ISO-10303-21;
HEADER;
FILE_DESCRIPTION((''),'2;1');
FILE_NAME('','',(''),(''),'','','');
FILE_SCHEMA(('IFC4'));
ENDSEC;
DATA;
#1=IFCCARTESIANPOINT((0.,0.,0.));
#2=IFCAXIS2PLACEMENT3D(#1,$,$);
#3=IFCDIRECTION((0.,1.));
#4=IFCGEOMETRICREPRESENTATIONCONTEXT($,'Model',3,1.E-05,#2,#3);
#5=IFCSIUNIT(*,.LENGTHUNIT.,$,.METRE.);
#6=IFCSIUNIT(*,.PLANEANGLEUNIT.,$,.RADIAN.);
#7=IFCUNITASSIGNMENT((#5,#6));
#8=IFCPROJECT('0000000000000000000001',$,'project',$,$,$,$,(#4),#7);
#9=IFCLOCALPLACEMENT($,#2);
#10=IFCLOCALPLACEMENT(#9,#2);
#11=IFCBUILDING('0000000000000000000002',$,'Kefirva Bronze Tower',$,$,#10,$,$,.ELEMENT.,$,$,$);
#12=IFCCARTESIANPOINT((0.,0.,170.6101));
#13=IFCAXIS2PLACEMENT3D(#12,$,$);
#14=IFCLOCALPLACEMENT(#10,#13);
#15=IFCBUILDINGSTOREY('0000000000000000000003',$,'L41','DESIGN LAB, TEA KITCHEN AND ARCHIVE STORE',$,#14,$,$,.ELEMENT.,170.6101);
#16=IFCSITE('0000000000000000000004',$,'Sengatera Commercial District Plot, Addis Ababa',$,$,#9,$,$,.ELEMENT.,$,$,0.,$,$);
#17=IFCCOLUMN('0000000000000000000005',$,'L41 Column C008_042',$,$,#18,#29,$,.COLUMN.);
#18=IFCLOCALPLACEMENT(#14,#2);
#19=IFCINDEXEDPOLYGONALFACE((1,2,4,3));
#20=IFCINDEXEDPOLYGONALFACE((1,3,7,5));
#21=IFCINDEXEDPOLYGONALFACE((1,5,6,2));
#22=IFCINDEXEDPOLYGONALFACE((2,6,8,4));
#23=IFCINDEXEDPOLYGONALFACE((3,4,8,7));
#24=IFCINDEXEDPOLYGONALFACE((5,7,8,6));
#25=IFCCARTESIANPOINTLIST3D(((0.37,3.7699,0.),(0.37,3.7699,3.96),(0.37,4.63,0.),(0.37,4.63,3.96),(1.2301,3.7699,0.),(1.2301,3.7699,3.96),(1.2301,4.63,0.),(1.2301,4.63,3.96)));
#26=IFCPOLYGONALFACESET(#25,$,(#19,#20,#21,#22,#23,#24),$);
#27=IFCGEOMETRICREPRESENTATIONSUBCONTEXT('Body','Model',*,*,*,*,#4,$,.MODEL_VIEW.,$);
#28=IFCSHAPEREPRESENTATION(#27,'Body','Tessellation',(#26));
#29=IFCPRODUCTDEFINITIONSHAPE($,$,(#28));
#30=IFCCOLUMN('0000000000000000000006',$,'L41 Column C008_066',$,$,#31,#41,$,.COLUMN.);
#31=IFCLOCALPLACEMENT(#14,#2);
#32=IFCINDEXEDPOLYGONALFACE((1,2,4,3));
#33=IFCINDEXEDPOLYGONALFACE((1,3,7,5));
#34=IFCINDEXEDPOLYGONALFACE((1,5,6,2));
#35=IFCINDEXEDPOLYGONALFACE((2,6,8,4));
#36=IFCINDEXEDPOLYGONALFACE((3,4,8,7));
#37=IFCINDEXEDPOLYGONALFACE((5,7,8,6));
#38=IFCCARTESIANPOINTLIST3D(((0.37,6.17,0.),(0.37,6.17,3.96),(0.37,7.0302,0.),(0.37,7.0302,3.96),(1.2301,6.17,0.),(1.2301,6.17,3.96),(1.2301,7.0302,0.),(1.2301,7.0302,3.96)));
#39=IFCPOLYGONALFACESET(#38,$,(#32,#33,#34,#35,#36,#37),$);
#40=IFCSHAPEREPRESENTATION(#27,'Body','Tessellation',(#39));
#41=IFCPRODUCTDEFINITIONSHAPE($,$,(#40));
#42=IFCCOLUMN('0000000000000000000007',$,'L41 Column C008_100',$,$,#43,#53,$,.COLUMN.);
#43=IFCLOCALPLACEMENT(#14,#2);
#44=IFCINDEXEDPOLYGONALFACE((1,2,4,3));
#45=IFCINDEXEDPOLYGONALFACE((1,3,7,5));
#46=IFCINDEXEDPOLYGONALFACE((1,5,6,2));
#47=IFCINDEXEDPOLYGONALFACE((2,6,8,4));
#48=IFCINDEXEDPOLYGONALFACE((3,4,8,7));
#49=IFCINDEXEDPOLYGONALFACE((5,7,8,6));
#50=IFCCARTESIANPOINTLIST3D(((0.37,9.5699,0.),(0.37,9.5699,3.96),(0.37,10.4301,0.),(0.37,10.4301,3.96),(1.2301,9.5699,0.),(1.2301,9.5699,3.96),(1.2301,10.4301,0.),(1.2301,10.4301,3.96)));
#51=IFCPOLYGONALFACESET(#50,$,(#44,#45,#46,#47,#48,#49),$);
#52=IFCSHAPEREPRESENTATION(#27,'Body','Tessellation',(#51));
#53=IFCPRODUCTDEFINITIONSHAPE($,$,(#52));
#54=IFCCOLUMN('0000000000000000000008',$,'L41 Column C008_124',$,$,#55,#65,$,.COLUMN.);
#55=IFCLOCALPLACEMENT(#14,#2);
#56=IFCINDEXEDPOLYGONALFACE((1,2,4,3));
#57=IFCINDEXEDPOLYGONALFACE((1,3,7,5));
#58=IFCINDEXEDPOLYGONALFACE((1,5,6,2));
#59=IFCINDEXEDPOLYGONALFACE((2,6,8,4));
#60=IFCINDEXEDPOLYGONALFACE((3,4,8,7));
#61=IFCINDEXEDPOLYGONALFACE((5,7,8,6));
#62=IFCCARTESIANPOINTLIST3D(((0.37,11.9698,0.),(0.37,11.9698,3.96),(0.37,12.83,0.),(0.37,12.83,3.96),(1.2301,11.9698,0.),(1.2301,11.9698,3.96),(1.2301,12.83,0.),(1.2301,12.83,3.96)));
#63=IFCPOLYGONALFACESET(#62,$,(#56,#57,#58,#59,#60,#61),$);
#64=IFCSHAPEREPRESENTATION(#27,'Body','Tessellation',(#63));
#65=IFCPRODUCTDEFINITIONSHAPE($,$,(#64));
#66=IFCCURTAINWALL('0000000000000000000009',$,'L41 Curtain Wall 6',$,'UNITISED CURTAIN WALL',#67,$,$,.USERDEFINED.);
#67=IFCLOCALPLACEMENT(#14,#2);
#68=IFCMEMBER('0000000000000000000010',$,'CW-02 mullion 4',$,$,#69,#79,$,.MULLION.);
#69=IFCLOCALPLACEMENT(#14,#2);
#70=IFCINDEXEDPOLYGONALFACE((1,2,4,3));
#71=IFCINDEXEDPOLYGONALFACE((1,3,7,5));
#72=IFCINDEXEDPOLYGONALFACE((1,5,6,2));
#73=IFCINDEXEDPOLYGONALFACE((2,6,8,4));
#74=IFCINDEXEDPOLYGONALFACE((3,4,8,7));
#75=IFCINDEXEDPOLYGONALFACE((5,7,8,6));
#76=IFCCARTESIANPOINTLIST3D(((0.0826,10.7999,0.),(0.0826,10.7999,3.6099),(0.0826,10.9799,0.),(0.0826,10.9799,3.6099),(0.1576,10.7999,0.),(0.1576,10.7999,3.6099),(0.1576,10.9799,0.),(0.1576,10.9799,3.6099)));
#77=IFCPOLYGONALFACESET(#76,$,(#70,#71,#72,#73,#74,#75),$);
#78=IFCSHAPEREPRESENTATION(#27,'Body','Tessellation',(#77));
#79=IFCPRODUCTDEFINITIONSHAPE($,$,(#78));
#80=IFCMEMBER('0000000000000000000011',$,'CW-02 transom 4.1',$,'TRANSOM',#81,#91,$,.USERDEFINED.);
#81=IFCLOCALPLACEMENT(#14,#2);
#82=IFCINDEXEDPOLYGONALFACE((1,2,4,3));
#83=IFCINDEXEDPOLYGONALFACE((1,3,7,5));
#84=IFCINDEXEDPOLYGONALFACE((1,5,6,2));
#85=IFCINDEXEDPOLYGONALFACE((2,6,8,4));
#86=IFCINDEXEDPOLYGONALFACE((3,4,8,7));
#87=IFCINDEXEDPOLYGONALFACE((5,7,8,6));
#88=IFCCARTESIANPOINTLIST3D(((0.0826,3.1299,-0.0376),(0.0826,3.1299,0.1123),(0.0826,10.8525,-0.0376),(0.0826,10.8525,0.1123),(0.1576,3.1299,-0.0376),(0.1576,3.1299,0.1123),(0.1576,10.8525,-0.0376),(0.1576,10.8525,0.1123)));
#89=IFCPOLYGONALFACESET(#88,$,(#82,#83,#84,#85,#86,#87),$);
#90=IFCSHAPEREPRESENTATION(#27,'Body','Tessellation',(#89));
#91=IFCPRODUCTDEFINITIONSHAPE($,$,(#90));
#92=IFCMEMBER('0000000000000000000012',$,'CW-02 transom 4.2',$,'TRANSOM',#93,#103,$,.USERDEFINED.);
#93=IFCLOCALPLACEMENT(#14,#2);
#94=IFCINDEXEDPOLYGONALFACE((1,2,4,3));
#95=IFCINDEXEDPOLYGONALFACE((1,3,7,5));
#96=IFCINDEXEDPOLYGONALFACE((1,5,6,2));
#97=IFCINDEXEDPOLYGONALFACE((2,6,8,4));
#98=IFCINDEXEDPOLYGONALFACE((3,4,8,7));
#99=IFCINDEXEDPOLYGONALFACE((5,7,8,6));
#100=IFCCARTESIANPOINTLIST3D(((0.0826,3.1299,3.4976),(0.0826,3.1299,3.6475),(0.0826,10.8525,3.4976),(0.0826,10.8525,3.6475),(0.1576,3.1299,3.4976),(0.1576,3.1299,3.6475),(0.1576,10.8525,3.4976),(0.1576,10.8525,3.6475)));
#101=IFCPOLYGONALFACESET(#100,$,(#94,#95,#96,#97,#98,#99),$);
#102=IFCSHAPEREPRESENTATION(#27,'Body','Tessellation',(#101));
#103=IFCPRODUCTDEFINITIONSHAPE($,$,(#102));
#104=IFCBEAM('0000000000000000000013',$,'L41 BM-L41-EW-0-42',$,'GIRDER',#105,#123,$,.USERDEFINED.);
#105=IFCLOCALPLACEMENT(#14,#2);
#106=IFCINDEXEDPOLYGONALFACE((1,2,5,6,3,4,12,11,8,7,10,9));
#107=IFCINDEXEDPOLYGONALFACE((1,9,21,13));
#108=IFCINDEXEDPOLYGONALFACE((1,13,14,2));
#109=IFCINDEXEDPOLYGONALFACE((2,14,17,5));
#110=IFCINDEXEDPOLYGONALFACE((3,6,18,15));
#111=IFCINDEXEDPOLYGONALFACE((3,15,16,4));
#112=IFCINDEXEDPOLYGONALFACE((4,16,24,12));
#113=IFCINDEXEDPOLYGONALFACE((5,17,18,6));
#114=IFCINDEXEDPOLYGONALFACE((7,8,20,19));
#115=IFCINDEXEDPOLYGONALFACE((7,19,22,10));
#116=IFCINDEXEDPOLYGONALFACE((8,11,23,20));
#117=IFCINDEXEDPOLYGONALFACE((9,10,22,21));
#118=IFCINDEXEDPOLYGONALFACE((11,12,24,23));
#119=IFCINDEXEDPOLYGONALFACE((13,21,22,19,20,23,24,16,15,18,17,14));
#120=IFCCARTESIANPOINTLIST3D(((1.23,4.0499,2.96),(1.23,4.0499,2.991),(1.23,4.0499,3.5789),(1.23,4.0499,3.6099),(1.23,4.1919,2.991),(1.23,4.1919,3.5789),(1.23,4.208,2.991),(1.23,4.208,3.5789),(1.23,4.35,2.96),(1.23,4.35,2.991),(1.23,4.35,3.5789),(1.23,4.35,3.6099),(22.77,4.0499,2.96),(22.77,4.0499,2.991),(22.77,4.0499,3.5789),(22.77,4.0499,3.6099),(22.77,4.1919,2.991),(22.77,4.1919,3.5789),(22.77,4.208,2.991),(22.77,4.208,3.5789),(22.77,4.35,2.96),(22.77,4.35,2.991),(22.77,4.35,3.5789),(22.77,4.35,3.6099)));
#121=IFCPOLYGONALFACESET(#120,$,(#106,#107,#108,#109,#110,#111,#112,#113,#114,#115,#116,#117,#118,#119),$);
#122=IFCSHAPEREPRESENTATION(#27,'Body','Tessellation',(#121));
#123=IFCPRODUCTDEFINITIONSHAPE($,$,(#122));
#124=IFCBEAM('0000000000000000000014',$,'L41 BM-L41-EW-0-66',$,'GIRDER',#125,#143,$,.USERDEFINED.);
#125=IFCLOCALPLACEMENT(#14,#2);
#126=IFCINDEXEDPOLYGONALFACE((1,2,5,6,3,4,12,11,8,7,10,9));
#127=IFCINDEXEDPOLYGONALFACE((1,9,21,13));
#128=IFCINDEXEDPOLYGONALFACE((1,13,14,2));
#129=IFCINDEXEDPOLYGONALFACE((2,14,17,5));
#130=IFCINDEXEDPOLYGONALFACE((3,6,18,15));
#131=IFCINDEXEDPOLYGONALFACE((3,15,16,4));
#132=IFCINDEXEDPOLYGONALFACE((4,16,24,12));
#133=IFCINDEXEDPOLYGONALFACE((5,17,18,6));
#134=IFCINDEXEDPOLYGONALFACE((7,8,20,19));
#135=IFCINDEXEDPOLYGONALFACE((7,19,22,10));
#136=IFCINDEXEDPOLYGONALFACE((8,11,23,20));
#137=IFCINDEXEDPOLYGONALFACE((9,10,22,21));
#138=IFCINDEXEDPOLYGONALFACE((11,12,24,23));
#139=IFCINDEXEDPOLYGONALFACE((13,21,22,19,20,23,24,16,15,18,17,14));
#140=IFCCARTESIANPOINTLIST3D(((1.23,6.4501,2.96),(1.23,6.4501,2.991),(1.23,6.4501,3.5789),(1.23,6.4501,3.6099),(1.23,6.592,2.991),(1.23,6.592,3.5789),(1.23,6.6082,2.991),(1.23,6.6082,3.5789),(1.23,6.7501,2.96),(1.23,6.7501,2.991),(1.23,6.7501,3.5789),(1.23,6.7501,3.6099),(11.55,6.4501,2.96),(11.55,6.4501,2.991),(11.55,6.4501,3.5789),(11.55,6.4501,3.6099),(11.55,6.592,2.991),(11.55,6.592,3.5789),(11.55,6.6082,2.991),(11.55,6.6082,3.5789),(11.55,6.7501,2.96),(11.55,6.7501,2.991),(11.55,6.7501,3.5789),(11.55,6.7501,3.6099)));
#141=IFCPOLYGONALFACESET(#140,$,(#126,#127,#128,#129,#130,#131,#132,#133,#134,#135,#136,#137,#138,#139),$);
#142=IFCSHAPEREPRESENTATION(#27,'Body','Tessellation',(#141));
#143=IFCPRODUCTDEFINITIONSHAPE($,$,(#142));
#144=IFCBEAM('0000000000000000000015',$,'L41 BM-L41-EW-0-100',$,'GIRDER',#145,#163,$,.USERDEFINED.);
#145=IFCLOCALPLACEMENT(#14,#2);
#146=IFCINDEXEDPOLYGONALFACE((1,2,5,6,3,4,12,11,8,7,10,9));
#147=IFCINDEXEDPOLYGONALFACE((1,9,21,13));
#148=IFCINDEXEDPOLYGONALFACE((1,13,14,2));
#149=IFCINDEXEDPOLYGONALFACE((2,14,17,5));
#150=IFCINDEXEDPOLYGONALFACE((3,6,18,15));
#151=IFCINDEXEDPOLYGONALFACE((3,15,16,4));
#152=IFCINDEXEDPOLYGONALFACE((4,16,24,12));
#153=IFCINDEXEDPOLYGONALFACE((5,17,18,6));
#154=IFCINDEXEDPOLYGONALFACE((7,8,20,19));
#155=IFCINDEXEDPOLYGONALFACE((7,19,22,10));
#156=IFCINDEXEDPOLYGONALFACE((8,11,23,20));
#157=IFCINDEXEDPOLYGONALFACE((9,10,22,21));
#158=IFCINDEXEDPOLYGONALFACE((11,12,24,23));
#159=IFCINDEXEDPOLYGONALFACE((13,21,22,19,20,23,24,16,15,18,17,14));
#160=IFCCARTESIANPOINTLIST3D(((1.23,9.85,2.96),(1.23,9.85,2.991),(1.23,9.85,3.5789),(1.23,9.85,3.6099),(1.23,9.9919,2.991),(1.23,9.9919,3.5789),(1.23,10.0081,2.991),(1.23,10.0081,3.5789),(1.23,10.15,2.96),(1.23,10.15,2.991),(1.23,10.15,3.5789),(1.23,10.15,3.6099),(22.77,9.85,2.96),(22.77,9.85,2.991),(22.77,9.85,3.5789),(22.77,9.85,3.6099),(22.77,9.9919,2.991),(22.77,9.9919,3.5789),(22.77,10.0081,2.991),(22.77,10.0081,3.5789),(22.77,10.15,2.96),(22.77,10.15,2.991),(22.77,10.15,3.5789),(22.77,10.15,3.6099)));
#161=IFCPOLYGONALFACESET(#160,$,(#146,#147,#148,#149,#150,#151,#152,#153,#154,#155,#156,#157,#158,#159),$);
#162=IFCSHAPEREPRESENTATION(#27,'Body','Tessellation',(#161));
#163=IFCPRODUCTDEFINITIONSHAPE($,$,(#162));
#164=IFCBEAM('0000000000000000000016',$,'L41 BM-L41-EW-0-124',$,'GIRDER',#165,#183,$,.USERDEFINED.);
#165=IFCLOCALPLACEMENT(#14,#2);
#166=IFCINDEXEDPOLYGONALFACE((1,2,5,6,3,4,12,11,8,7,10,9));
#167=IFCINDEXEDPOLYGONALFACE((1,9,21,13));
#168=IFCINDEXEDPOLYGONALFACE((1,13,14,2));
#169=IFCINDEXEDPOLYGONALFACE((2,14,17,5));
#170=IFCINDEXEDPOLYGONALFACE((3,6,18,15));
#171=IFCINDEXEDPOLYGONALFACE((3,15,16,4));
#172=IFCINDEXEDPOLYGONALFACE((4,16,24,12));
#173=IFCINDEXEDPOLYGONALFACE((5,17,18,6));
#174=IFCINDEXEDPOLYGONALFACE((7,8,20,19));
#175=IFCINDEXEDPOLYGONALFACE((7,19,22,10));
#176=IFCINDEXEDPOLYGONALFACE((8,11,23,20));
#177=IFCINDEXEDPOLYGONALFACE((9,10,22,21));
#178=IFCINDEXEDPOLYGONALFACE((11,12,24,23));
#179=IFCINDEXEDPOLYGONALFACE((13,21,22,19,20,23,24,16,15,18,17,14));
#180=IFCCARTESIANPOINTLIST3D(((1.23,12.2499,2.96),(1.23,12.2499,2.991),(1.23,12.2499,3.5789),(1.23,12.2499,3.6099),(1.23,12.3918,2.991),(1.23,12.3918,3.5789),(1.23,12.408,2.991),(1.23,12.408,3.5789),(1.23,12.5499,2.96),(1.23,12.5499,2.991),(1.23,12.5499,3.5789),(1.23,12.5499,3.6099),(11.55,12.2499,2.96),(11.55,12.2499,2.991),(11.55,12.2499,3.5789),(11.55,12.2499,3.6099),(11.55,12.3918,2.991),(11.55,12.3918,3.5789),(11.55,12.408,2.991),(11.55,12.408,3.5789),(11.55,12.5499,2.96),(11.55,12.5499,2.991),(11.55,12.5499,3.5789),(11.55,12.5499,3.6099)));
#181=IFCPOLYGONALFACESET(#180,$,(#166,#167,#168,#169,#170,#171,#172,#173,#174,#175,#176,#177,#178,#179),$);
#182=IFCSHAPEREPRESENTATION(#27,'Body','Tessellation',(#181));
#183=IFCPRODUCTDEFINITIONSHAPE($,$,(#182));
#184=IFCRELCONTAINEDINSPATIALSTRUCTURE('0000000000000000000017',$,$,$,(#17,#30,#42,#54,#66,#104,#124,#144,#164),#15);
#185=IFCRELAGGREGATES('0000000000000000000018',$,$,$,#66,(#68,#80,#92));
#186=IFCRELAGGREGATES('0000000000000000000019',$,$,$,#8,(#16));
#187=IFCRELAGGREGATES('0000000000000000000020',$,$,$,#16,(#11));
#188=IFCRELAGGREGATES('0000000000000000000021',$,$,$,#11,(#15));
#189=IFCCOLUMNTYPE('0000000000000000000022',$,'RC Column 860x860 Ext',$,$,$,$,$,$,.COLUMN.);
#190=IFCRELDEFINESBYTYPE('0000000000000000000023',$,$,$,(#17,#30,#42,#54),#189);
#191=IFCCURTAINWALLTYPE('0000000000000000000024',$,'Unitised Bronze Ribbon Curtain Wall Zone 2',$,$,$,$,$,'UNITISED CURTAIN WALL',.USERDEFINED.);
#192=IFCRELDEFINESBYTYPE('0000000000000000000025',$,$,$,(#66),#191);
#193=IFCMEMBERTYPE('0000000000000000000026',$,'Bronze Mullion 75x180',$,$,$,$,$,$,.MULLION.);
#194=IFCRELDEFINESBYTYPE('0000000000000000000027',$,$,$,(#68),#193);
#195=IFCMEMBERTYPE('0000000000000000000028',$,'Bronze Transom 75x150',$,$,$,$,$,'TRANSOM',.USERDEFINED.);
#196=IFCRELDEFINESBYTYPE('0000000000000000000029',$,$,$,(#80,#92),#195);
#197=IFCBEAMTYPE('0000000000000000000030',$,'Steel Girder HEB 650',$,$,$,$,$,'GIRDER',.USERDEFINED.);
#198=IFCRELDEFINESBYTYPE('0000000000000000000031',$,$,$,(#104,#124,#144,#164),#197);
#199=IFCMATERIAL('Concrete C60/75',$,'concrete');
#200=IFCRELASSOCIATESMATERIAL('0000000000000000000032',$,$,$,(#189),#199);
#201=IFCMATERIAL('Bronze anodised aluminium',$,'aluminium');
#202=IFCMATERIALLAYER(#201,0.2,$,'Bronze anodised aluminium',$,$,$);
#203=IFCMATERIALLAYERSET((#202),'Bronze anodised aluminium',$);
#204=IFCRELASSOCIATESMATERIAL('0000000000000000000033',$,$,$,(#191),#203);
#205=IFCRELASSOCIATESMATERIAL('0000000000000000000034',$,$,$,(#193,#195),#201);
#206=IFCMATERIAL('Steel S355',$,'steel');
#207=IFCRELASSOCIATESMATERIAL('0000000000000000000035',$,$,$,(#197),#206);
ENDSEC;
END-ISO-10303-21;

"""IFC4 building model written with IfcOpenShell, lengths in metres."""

from ifc_helpers import new_model, si_unit, direction, frame, origin, origin_2d, place, context, subcontext, project, spatial, rectangle, i_section, extrude, material, layer, layer_set, material_profile, profile_set, type_object, element, aggregate, save


model = new_model("IFC4")

# Units and contexts
model_context = context("Model", 3, precision=1e-05, world=origin(), true_north=direction((0.0, 1.0)))
body_context = subcontext(model_context, "Body", "Model", "MODEL_VIEW")
ifc_project = project(units=[si_unit("LENGTHUNIT", "METRE"), si_unit("PLANEANGLEUNIT", "RADIAN")], contexts=[model_context])

# Site, building, storey
site_placement = place(None, origin())
site = spatial("IfcSite", under=ifc_project, at=site_placement, Name="Sengatera Commercial District Plot, Addis Ababa", CompositionType="ELEMENT", RefElevation=0.0)
building_placement = place(site_placement, origin())
building = spatial("IfcBuilding", under=site, at=building_placement, Name="Kefirva Bronze Tower", CompositionType="ELEMENT")
storey_placement = place(building_placement, frame((0.0, 0.0, 170.6101)))
storey = spatial("IfcBuildingStorey", under=building, at=storey_placement, Name="L41", Description="DESIGN LAB, TEA KITCHEN AND ARCHIVE STORE", CompositionType="ELEMENT", Elevation=170.6101)

# Columns
ifc_material_1 = material(Name="Concrete C60/75", Category="concrete")
ifc_material_profile_1 = material_profile(ifc_material_1, rectangle(XDim=0.8601, YDim=0.8601, at=origin_2d()), Name="RC 860x860")
ifc_profile_set_1 = profile_set([ifc_material_profile_1], Name="Concrete C60/75")
column_type = type_object("IfcColumnType", Name="RC Column 860x860 Ext", PredefinedType="COLUMN", material=ifc_profile_set_1)
for number, where, z_axis, x_axis, name in (
    (1, (0.8, 4.2, 0.0), (0.0, 0.0, 1.0), (1.0, 0.0, 0.0), "L41 Column C008_042"),
    (2, (0.8, 6.6001, 0.0), (0.0, 0.0, 1.0), (1.0, 0.0, 0.0), "L41 Column C008_066"),
    (3, (0.8, 10.0, 0.0), (0.0, 0.0, 1.0), (1.0, 0.0, 0.0), "L41 Column C008_100"),
    (4, (0.8, 12.3999, 0.0), (0.0, 0.0, 1.0), (1.0, 0.0, 0.0), "L41 Column C008_124"),
):
    element("IfcColumn", number, at=place(storey_placement, frame(where, z_axis=z_axis, x_axis=x_axis)), inside=storey, type_object=column_type, Name=name, PredefinedType="COLUMN", context=body_context, shape_type="SweptSolid", body=[
        extrude(rectangle(XDim=0.8601, YDim=0.8601, at=origin_2d()), origin(), (0.0, 0.0, 1.0), 3.96),
    ])

# Curtain wall, members
ifc_material_2 = material(Name="Bronze anodised aluminium", Category="aluminium")
ifc_layer_1 = layer(ifc_material_2, 0.2, Name="Bronze anodised aluminium")
ifc_layer_set_1 = layer_set([ifc_layer_1], Name="Bronze anodised aluminium")
curtain_wall_type = type_object("IfcCurtainWallType", Name="Unitised Bronze Ribbon Curtain Wall Zone 2", ElementType="UNITISED CURTAIN WALL", PredefinedType="USERDEFINED", material=ifc_layer_set_1)
curtain_wall_placement = place(storey_placement, origin())
curtain_wall = element("IfcCurtainWall", 5, at=curtain_wall_placement, inside=storey, type_object=curtain_wall_type, Name="L41 Curtain Wall 6", ObjectType="UNITISED CURTAIN WALL", PredefinedType="USERDEFINED")
ifc_material_profile_2 = material_profile(ifc_material_2, rectangle(XDim=0.075, YDim=0.1799, at=origin_2d()), Name="ALU 75x180")
ifc_profile_set_2 = profile_set([ifc_material_profile_2], Name="Bronze anodised aluminium")
member_type_1 = type_object("IfcMemberType", Name="Bronze Mullion 75x180", PredefinedType="MULLION", material=ifc_profile_set_2)
member_1_placement = place(storey_placement, frame((0.1201, 10.8899, 0.0), z_axis=(0.0, 0.0, 1.0), x_axis=(1.0, 0.0, 0.0)))
member_1 = element("IfcMember", 6, at=member_1_placement, type_object=member_type_1, Name="CW-02 mullion 4", PredefinedType="MULLION", context=body_context, shape_type="SweptSolid", body=[
    extrude(rectangle(XDim=0.075, YDim=0.1799, at=origin_2d()), origin(), (0.0, 0.0, 1.0), 3.6099),
])
ifc_material_profile_3 = material_profile(ifc_material_2, rectangle(XDim=0.075, YDim=0.1499, at=origin_2d()), Name="ALU 75x150")
ifc_profile_set_3 = profile_set([ifc_material_profile_3], Name="Bronze anodised aluminium")
member_type_2 = type_object("IfcMemberType", Name="Bronze Transom 75x150", ElementType="TRANSOM", PredefinedType="USERDEFINED", material=ifc_profile_set_3)
member_2_placement = place(storey_placement, frame((0.1201, 10.8525, 0.0374), z_axis=(0.0, -1.0, 0.0), x_axis=(1.0, 0.0, 0.0)))
member_2 = element("IfcMember", 7, at=member_2_placement, type_object=member_type_2, Name="CW-02 transom 4.1", ObjectType="TRANSOM", PredefinedType="USERDEFINED", context=body_context, shape_type="SweptSolid", body=[
    extrude(rectangle(XDim=0.075, YDim=0.1499, at=origin_2d()), origin(), (0.0, 0.0, 1.0), 7.7227),
])
member_3_placement = place(storey_placement, frame((0.1201, 10.8525, 3.5725), z_axis=(0.0, -1.0, 0.0), x_axis=(1.0, 0.0, 0.0)))
member_3 = element("IfcMember", 8, at=member_3_placement, type_object=member_type_2, Name="CW-02 transom 4.2", ObjectType="TRANSOM", PredefinedType="USERDEFINED", context=body_context, shape_type="SweptSolid", body=[
    extrude(rectangle(XDim=0.075, YDim=0.1499, at=origin_2d()), origin(), (0.0, 0.0, 1.0), 7.7227),
])

# Beams
ifc_material_3 = material(Name="Steel S355", Category="steel")
ifc_material_profile_4 = material_profile(ifc_material_3, i_section(OverallWidth=0.3, OverallDepth=0.6499, WebThickness=0.0161, FlangeThickness=0.031, at=origin_2d()), Name="HEB 650")
ifc_profile_set_4 = profile_set([ifc_material_profile_4], Name="Steel S355")
beam_type_1 = type_object("IfcBeamType", Name="Steel Girder HEB 650", ElementType="GIRDER", PredefinedType="USERDEFINED", material=ifc_profile_set_4)
beam_1_placement = place(storey_placement, frame((1.23, 4.2, 3.2849), z_axis=(1.0, 0.0, 0.0), x_axis=(0.0, 1.0, 0.0)))
element("IfcBeam", 9, at=beam_1_placement, inside=storey, type_object=beam_type_1, Name="L41 BM-L41-EW-0-42", ObjectType="GIRDER", PredefinedType="USERDEFINED", context=body_context, shape_type="SweptSolid", body=[
    extrude(i_section(OverallWidth=0.3, OverallDepth=0.6499, WebThickness=0.0161, FlangeThickness=0.031, at=origin_2d()), origin(), (0.0, 0.0, 1.0), 21.54),
])
beam_2_placement = place(storey_placement, frame((1.23, 6.6001, 3.2849), z_axis=(1.0, 0.0, 0.0), x_axis=(0.0, 1.0, 0.0)))
element("IfcBeam", 10, at=beam_2_placement, inside=storey, type_object=beam_type_1, Name="L41 BM-L41-EW-0-66", ObjectType="GIRDER", PredefinedType="USERDEFINED", context=body_context, shape_type="SweptSolid", body=[
    extrude(i_section(OverallWidth=0.3, OverallDepth=0.6499, WebThickness=0.0161, FlangeThickness=0.031, at=origin_2d()), origin(), (0.0, 0.0, 1.0), 10.3201),
])
beam_3_placement = place(storey_placement, frame((1.23, 10.0, 3.2849), z_axis=(1.0, 0.0, 0.0), x_axis=(0.0, 1.0, 0.0)))
element("IfcBeam", 11, at=beam_3_placement, inside=storey, type_object=beam_type_1, Name="L41 BM-L41-EW-0-100", ObjectType="GIRDER", PredefinedType="USERDEFINED", context=body_context, shape_type="SweptSolid", body=[
    extrude(i_section(OverallWidth=0.3, OverallDepth=0.6499, WebThickness=0.0161, FlangeThickness=0.031, at=origin_2d()), origin(), (0.0, 0.0, 1.0), 21.54),
])
beam_4_placement = place(storey_placement, frame((1.23, 12.3999, 3.2849), z_axis=(1.0, 0.0, 0.0), x_axis=(0.0, 1.0, 0.0)))
element("IfcBeam", 12, at=beam_4_placement, inside=storey, type_object=beam_type_1, Name="L41 BM-L41-EW-0-124", ObjectType="GIRDER", PredefinedType="USERDEFINED", context=body_context, shape_type="SweptSolid", body=[
    extrude(i_section(OverallWidth=0.3, OverallDepth=0.6499, WebThickness=0.0161, FlangeThickness=0.031, at=origin_2d()), origin(), (0.0, 0.0, 1.0), 10.3201),
])

aggregate(curtain_wall, [member_1, member_2, member_3])

save(model, "model.ifc")
